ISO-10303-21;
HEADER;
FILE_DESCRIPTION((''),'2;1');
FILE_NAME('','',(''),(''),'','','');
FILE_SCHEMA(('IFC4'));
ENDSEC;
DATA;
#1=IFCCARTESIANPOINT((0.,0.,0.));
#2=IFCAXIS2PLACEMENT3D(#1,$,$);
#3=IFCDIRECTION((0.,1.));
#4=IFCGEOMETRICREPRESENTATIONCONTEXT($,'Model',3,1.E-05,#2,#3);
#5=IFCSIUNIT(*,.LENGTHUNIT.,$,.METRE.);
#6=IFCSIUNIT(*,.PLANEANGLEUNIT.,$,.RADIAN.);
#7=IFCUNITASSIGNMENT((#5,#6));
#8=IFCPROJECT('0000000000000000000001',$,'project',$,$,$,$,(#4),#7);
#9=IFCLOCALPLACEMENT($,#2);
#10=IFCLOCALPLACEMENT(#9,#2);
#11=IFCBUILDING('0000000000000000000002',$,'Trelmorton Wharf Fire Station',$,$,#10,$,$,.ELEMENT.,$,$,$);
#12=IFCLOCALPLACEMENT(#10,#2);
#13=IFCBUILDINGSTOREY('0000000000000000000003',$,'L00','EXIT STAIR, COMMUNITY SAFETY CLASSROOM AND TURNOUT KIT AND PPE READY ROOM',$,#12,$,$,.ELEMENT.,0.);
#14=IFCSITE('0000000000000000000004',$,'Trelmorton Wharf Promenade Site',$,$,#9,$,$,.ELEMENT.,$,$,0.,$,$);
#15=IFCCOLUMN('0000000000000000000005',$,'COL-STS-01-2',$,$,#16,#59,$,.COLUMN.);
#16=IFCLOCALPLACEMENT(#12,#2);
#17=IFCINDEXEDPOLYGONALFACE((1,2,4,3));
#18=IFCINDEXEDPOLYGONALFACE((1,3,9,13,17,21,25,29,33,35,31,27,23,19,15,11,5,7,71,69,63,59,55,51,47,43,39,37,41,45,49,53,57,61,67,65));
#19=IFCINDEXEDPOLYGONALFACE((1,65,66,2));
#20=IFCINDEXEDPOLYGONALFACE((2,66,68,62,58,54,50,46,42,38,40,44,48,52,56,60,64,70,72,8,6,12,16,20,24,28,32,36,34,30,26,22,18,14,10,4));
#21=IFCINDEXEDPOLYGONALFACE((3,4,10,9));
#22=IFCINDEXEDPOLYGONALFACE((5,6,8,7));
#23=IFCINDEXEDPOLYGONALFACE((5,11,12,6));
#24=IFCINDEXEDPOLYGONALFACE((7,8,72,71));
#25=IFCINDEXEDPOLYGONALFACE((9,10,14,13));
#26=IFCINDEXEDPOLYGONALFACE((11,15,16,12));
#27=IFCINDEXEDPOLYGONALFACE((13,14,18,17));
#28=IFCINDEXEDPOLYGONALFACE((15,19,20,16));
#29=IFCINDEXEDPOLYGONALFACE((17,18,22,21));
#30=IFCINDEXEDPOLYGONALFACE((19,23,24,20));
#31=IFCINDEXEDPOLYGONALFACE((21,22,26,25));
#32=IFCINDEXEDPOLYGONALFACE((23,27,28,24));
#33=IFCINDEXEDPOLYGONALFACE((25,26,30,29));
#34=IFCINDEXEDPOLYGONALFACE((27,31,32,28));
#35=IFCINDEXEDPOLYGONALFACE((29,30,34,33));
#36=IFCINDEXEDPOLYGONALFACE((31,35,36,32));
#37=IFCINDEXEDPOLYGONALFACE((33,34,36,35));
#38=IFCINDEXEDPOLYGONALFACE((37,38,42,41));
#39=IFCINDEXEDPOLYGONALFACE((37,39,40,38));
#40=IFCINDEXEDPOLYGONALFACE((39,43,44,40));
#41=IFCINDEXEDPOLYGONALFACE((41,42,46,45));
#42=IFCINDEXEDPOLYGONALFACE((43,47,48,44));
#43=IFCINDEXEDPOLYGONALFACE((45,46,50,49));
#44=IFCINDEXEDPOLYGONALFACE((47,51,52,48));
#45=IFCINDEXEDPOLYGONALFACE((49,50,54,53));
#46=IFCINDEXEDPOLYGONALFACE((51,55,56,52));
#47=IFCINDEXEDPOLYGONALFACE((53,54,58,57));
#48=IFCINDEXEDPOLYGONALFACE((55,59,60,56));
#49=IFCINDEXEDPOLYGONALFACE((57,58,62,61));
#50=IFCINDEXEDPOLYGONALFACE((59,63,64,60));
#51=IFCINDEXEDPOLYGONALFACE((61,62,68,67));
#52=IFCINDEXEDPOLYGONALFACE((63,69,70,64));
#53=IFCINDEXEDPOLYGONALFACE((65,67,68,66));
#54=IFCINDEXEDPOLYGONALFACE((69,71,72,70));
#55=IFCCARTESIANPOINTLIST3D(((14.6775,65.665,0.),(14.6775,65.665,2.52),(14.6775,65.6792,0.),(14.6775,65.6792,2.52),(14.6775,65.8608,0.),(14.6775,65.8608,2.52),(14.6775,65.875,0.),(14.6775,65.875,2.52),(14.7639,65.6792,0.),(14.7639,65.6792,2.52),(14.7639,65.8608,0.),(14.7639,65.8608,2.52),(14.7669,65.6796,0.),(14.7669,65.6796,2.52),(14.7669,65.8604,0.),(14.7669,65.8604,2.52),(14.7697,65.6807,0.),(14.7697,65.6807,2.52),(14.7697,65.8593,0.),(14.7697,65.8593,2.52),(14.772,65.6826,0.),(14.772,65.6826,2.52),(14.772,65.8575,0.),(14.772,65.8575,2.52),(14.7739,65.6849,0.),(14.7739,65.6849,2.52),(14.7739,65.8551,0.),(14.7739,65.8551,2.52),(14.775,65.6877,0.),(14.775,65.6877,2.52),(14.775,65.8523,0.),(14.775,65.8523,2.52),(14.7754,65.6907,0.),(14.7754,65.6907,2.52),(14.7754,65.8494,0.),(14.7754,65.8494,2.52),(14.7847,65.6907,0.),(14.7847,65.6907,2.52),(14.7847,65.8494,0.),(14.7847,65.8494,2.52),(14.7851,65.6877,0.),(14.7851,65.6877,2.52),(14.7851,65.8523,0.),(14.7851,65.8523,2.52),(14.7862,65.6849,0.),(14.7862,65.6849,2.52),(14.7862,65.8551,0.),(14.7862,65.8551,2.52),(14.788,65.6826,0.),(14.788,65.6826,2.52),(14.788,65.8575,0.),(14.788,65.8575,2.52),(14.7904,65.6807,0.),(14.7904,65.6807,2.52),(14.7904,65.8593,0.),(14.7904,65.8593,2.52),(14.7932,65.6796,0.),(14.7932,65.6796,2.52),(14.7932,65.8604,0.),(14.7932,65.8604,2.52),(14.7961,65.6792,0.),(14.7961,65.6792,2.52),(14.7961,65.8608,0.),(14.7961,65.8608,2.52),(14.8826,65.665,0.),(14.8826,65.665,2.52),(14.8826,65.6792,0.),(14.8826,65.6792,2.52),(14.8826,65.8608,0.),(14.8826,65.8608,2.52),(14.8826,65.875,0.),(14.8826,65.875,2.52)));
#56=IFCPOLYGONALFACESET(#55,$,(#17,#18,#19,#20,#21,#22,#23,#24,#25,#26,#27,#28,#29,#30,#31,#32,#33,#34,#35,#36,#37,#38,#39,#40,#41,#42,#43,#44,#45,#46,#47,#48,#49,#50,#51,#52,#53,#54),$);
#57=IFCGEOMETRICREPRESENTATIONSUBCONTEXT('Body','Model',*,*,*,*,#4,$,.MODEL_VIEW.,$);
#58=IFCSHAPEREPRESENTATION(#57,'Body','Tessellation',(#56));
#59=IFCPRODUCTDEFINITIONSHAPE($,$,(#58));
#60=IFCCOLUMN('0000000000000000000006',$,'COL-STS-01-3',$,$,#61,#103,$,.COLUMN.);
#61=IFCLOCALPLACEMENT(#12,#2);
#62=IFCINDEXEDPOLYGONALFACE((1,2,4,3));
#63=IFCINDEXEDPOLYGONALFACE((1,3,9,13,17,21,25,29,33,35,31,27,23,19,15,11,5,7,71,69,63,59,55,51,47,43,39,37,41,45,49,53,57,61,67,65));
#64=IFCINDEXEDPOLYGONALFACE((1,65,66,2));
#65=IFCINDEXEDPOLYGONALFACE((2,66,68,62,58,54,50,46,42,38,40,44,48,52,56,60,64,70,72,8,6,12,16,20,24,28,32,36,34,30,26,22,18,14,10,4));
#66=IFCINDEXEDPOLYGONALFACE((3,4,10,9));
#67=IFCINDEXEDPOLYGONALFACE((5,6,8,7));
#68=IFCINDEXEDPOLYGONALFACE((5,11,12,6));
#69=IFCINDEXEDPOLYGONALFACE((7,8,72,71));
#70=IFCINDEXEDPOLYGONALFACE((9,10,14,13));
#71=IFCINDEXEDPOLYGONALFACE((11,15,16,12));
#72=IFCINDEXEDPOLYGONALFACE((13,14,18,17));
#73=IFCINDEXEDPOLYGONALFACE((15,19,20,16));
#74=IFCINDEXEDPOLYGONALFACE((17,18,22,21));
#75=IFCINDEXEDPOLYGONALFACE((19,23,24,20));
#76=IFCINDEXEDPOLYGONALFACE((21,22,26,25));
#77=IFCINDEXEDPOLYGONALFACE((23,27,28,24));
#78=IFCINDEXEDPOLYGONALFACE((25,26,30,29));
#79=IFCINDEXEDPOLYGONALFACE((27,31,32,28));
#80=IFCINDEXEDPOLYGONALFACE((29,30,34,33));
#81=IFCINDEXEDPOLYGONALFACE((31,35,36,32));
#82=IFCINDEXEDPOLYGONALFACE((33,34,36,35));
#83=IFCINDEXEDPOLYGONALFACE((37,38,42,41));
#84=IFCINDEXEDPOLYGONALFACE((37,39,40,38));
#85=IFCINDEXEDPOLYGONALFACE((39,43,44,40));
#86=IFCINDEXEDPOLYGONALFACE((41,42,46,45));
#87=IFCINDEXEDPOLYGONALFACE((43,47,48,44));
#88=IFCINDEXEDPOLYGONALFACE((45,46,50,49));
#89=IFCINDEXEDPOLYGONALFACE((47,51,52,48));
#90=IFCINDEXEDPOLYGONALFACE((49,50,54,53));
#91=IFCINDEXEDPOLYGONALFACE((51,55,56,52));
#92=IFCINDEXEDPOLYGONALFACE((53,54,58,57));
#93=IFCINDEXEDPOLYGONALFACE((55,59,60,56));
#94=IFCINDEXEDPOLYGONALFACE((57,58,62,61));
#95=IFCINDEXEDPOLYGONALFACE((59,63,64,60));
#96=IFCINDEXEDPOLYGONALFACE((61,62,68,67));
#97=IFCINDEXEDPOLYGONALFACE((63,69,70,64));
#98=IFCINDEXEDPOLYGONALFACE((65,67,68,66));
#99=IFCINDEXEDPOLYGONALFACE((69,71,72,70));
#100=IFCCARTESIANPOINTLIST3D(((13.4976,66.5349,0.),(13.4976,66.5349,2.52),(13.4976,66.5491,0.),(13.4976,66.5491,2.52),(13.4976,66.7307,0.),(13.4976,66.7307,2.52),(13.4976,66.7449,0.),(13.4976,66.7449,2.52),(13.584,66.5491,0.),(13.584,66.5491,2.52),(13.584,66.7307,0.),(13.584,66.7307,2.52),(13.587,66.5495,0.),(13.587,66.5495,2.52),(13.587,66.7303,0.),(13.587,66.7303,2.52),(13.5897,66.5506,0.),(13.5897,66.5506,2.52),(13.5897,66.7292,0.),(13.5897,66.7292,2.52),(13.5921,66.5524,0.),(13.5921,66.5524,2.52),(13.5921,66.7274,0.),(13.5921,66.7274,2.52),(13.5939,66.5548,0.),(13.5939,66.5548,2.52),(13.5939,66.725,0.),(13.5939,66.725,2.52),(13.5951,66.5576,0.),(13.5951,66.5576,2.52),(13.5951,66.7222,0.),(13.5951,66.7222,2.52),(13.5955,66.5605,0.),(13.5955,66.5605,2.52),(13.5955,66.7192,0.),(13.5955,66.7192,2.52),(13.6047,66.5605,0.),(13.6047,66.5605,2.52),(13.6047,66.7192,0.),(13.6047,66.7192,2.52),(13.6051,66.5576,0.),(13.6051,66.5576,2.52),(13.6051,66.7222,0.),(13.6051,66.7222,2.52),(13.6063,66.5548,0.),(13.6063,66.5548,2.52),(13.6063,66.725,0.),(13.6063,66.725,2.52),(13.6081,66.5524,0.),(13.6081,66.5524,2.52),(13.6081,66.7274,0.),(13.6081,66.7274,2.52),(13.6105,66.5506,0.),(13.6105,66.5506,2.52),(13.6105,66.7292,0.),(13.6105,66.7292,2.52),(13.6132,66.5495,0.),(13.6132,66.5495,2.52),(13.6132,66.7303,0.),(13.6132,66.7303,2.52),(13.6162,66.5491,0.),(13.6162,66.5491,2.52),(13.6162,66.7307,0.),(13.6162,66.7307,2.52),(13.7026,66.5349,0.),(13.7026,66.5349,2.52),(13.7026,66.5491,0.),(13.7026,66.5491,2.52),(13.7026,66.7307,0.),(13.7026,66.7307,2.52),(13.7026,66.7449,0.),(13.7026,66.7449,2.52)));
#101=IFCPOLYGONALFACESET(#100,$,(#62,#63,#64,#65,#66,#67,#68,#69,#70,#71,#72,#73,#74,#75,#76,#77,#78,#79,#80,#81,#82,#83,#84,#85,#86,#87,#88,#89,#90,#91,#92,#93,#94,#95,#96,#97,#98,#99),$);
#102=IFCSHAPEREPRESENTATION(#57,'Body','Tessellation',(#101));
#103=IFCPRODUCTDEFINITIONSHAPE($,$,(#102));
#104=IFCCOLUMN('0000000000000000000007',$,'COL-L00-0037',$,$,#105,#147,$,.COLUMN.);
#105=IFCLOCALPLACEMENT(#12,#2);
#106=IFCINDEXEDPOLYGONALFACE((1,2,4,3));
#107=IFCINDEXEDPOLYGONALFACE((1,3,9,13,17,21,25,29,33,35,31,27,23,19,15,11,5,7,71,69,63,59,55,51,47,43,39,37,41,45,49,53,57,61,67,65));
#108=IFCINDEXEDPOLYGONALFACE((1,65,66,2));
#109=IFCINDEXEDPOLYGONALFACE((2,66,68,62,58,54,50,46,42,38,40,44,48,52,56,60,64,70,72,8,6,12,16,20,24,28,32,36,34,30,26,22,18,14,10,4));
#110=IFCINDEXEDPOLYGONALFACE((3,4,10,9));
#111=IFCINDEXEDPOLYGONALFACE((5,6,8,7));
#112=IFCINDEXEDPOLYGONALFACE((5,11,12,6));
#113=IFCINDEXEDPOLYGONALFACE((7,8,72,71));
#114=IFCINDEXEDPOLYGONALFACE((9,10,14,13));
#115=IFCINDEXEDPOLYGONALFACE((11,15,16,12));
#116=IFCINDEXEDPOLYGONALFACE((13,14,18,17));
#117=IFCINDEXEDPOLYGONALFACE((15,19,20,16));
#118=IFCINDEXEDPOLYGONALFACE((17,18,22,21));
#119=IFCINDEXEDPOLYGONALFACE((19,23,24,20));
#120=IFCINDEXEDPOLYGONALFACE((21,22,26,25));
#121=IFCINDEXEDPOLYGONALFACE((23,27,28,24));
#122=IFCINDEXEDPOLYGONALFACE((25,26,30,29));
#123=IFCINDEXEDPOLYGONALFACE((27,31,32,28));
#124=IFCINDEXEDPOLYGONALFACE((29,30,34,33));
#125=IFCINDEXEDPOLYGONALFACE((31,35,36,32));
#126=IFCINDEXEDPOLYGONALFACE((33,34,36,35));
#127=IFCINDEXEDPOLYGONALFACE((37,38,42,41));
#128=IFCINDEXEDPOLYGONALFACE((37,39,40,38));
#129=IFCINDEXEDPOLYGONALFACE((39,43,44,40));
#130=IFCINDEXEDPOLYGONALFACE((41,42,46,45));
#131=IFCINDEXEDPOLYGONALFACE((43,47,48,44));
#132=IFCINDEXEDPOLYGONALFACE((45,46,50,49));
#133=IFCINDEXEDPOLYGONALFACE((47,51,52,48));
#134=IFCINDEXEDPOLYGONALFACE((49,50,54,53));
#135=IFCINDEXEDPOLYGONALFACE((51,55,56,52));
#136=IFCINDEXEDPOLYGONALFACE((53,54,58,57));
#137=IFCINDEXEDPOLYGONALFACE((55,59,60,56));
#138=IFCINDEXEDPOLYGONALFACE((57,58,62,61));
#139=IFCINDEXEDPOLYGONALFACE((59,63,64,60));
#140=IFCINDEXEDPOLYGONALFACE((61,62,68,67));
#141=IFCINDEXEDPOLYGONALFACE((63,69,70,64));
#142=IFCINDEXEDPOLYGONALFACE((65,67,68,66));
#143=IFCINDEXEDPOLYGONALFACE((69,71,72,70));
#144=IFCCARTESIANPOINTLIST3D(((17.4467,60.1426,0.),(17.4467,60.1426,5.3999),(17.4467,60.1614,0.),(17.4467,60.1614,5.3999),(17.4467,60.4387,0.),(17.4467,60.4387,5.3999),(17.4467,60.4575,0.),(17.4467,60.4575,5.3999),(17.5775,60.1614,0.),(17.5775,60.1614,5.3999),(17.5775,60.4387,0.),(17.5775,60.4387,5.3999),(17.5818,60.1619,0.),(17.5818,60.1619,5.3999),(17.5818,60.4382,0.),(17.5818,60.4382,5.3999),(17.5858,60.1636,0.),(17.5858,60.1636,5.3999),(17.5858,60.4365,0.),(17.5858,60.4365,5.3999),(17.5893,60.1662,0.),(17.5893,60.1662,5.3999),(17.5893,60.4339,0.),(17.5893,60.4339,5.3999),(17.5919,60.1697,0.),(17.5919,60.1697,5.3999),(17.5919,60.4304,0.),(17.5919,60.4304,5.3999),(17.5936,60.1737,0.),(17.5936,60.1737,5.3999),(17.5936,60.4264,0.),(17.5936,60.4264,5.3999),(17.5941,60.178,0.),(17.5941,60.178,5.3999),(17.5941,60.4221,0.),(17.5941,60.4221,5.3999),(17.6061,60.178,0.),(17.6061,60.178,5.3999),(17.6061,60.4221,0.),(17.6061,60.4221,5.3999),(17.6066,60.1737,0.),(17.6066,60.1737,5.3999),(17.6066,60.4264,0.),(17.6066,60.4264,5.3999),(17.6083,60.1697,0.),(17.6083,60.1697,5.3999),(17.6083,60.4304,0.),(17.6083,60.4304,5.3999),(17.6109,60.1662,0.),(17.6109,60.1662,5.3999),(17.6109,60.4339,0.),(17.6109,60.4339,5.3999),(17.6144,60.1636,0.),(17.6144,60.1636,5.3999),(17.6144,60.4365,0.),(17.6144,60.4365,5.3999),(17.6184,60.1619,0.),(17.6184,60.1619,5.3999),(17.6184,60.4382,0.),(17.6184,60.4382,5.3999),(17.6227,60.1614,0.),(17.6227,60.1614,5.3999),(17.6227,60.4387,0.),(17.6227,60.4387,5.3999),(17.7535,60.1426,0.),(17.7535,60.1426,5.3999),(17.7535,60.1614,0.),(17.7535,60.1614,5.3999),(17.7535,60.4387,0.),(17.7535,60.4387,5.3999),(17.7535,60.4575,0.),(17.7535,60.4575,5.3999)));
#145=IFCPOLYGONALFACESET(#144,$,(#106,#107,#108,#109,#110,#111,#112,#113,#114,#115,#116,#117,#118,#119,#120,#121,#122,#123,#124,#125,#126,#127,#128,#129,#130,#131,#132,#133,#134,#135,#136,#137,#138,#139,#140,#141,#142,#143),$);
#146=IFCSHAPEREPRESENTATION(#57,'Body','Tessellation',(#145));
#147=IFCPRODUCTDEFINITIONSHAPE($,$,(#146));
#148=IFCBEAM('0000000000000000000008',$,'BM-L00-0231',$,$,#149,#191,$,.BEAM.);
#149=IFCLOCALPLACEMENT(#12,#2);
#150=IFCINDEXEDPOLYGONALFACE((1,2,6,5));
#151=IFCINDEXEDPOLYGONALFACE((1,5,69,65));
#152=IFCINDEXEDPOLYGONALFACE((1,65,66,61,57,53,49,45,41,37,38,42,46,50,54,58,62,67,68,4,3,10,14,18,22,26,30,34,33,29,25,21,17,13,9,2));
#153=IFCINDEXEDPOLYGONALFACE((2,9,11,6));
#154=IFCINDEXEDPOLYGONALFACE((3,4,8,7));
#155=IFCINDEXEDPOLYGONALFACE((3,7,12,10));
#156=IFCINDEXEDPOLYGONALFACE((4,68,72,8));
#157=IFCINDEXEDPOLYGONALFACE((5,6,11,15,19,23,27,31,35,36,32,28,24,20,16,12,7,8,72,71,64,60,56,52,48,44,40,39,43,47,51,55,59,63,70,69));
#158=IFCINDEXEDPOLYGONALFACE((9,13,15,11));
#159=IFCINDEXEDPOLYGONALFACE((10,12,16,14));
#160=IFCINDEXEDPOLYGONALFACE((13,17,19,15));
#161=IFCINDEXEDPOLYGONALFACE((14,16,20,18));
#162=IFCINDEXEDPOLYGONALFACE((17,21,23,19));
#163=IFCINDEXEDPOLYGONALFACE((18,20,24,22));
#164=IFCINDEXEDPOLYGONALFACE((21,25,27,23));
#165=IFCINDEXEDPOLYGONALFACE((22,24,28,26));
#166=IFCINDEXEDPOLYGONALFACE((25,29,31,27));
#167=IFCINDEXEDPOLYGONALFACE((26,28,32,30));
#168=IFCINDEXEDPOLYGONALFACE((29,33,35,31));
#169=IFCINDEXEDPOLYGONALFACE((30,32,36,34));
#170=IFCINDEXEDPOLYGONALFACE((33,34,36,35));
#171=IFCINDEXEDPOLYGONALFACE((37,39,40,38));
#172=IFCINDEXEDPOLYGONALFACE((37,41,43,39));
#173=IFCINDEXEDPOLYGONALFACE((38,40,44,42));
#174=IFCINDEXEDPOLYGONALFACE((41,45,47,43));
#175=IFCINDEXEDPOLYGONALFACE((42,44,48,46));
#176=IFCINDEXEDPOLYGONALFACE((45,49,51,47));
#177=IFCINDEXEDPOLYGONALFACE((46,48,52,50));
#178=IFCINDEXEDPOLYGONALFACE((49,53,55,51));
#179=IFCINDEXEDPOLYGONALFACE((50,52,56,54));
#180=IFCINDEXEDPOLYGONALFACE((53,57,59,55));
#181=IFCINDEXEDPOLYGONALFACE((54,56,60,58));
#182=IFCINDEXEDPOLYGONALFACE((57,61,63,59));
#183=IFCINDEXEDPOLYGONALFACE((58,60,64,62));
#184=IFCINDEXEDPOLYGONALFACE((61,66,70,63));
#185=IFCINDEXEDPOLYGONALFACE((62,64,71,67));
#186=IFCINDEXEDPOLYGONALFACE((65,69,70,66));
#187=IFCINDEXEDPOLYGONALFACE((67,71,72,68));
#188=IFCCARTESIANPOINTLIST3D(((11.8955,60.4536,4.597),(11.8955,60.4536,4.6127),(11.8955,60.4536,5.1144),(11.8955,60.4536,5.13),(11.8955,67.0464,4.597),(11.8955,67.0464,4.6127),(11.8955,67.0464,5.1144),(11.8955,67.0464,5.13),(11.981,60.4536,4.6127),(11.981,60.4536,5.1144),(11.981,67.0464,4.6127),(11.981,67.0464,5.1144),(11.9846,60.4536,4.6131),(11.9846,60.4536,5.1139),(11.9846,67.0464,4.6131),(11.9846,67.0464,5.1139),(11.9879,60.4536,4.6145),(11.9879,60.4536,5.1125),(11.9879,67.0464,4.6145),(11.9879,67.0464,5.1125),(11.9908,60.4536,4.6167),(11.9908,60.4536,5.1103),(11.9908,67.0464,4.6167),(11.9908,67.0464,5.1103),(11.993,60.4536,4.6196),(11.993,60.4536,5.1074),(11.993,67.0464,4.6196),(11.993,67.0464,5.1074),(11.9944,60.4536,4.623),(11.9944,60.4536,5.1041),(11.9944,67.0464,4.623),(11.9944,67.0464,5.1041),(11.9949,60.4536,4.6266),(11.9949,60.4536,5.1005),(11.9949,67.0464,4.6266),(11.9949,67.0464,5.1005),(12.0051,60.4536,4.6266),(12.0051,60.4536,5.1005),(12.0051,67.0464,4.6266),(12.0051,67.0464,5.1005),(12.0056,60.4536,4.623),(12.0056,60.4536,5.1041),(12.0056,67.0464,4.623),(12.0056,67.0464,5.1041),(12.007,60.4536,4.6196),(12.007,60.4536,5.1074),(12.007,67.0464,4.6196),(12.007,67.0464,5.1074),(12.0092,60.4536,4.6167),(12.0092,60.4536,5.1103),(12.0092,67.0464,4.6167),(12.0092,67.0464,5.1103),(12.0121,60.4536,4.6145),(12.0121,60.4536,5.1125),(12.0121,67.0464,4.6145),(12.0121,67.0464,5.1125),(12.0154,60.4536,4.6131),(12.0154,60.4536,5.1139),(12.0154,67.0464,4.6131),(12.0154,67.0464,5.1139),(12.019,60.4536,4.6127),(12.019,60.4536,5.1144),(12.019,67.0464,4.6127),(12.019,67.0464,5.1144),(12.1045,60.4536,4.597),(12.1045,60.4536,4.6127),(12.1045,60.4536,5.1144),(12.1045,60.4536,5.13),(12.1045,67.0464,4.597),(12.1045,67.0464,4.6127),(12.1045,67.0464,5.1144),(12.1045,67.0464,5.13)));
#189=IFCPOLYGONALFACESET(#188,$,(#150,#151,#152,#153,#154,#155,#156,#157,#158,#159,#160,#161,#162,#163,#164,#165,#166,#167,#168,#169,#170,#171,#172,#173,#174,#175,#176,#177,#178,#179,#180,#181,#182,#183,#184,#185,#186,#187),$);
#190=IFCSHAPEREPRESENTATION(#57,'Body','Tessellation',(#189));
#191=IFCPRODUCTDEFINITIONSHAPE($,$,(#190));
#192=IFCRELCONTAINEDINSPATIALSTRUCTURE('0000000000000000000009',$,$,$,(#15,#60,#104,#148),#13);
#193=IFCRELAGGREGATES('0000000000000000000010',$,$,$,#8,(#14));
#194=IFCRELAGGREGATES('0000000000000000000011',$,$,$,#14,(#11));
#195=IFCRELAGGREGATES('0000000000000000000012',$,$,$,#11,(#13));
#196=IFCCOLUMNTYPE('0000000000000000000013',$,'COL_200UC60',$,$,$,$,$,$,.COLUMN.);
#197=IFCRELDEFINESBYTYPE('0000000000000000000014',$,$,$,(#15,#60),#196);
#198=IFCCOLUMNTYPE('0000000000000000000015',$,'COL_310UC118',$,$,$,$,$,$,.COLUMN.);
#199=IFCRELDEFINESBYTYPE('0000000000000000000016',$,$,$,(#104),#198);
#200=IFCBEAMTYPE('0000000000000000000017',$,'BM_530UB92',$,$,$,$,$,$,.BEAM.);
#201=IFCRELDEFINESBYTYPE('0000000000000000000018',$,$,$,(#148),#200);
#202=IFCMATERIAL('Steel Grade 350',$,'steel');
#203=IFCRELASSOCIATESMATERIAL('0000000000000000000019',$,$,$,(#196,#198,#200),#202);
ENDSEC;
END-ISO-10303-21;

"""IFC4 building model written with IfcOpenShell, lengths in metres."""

from ifc_helpers import new_model, si_unit, direction, frame, origin, origin_2d, place, context, subcontext, project, spatial, i_section, extrude, material, material_profile, profile_set, type_object, element, save


model = new_model("IFC4")

# Units and contexts
model_context = context("Model", 3, precision=1e-05, world=origin(), true_north=direction((0.0, 1.0)))
body_context = subcontext(model_context, "Body", "Model", "MODEL_VIEW")
ifc_project = project(units=[si_unit("LENGTHUNIT", "METRE"), si_unit("PLANEANGLEUNIT", "RADIAN")], contexts=[model_context])

# Site, building, storey
site_placement = place(None, origin())
site = spatial("IfcSite", under=ifc_project, at=site_placement, Name="Trelmorton Wharf Promenade Site", CompositionType="ELEMENT", RefElevation=0.0)
building_placement = place(site_placement, origin())
building = spatial("IfcBuilding", under=site, at=building_placement, Name="Trelmorton Wharf Fire Station", CompositionType="ELEMENT")
storey_placement = place(building_placement, origin())
storey = spatial("IfcBuildingStorey", under=building, at=storey_placement, Name="L00", Description="EXIT STAIR, COMMUNITY SAFETY CLASSROOM AND TURNOUT KIT AND PPE READY ROOM", CompositionType="ELEMENT", Elevation=0.0)

# Columns
ifc_material_1 = material(Name="Steel Grade 350", Category="steel")
ifc_material_profile_1 = material_profile(ifc_material_1, i_section(OverallWidth=0.2051, OverallDepth=0.21, WebThickness=0.0093, FlangeThickness=0.0142, FilletRadius=0.0115, at=origin_2d()), Name="200UC59.5")
ifc_profile_set_1 = profile_set([ifc_material_profile_1], Name="Steel Grade 350")
column_type_1 = type_object("IfcColumnType", Name="COL_200UC60", PredefinedType="COLUMN", material=ifc_profile_set_1)
for number, where, z_axis, x_axis, name in (
    (1, (14.78, 65.77, 0.0), (0.0, 0.0, 1.0), (1.0, 0.0, 0.0), "COL-STS-01-2"),
    (2, (13.6001, 66.6399, 0.0), (0.0, 0.0, 1.0), (1.0, 0.0, 0.0), "COL-STS-01-3"),
):
    element("IfcColumn", number, at=place(storey_placement, frame(where, z_axis=z_axis, x_axis=x_axis)), inside=storey, type_object=column_type_1, Name=name, PredefinedType="COLUMN", context=body_context, shape_type="SweptSolid", body=[
        extrude(i_section(OverallWidth=0.2051, OverallDepth=0.21, WebThickness=0.0093, FlangeThickness=0.0142, FilletRadius=0.0115, at=origin_2d()), origin(), (0.0, 0.0, 1.0), 2.52),
    ])
ifc_material_profile_2 = material_profile(ifc_material_1, i_section(OverallWidth=0.3069, OverallDepth=0.3149, WebThickness=0.012, FlangeThickness=0.0188, FilletRadius=0.0166, at=origin_2d()), Name="310UC118")
ifc_profile_set_2 = profile_set([ifc_material_profile_2], Name="Steel Grade 350")
column_type_2 = type_object("IfcColumnType", Name="COL_310UC118", PredefinedType="COLUMN", material=ifc_profile_set_2)
column_placement = place(storey_placement, frame((17.6001, 60.3, 0.0), z_axis=(0.0, 0.0, 1.0), x_axis=(1.0, 0.0, 0.0)))
element("IfcColumn", 3, at=column_placement, inside=storey, type_object=column_type_2, Name="COL-L00-0037", PredefinedType="COLUMN", context=body_context, shape_type="SweptSolid", body=[
    extrude(i_section(OverallWidth=0.3069, OverallDepth=0.3149, WebThickness=0.012, FlangeThickness=0.0188, FilletRadius=0.0166, at=origin_2d()), origin(), (0.0, 0.0, 1.0), 5.3999),
])

# Beam
ifc_material_profile_3 = material_profile(ifc_material_1, i_section(OverallWidth=0.209, OverallDepth=0.533, WebThickness=0.0103, FlangeThickness=0.0156, FilletRadius=0.0139, at=origin_2d()), Name="530UB92.4")
ifc_profile_set_3 = profile_set([ifc_material_profile_3], Name="Steel Grade 350")
beam_type_1 = type_object("IfcBeamType", Name="BM_530UB92", PredefinedType="BEAM", material=ifc_profile_set_3)
for number, where, z_axis, x_axis, name in (
    (4, (12.0, 60.4536, 4.8635), (0.0, 1.0, 0.0), (-1.0, 0.0, 0.0), "BM-L00-0231"),
):
    element("IfcBeam", number, at=place(storey_placement, frame(where, z_axis=z_axis, x_axis=x_axis)), inside=storey, type_object=beam_type_1, Name=name, PredefinedType="BEAM", context=body_context, shape_type="SweptSolid", body=[
        extrude(i_section(OverallWidth=0.209, OverallDepth=0.533, WebThickness=0.0103, FlangeThickness=0.0156, FilletRadius=0.0139, at=origin_2d()), origin(), (0.0, 0.0, 1.0), 6.5928),
    ])

save(model, "model.ifc")
